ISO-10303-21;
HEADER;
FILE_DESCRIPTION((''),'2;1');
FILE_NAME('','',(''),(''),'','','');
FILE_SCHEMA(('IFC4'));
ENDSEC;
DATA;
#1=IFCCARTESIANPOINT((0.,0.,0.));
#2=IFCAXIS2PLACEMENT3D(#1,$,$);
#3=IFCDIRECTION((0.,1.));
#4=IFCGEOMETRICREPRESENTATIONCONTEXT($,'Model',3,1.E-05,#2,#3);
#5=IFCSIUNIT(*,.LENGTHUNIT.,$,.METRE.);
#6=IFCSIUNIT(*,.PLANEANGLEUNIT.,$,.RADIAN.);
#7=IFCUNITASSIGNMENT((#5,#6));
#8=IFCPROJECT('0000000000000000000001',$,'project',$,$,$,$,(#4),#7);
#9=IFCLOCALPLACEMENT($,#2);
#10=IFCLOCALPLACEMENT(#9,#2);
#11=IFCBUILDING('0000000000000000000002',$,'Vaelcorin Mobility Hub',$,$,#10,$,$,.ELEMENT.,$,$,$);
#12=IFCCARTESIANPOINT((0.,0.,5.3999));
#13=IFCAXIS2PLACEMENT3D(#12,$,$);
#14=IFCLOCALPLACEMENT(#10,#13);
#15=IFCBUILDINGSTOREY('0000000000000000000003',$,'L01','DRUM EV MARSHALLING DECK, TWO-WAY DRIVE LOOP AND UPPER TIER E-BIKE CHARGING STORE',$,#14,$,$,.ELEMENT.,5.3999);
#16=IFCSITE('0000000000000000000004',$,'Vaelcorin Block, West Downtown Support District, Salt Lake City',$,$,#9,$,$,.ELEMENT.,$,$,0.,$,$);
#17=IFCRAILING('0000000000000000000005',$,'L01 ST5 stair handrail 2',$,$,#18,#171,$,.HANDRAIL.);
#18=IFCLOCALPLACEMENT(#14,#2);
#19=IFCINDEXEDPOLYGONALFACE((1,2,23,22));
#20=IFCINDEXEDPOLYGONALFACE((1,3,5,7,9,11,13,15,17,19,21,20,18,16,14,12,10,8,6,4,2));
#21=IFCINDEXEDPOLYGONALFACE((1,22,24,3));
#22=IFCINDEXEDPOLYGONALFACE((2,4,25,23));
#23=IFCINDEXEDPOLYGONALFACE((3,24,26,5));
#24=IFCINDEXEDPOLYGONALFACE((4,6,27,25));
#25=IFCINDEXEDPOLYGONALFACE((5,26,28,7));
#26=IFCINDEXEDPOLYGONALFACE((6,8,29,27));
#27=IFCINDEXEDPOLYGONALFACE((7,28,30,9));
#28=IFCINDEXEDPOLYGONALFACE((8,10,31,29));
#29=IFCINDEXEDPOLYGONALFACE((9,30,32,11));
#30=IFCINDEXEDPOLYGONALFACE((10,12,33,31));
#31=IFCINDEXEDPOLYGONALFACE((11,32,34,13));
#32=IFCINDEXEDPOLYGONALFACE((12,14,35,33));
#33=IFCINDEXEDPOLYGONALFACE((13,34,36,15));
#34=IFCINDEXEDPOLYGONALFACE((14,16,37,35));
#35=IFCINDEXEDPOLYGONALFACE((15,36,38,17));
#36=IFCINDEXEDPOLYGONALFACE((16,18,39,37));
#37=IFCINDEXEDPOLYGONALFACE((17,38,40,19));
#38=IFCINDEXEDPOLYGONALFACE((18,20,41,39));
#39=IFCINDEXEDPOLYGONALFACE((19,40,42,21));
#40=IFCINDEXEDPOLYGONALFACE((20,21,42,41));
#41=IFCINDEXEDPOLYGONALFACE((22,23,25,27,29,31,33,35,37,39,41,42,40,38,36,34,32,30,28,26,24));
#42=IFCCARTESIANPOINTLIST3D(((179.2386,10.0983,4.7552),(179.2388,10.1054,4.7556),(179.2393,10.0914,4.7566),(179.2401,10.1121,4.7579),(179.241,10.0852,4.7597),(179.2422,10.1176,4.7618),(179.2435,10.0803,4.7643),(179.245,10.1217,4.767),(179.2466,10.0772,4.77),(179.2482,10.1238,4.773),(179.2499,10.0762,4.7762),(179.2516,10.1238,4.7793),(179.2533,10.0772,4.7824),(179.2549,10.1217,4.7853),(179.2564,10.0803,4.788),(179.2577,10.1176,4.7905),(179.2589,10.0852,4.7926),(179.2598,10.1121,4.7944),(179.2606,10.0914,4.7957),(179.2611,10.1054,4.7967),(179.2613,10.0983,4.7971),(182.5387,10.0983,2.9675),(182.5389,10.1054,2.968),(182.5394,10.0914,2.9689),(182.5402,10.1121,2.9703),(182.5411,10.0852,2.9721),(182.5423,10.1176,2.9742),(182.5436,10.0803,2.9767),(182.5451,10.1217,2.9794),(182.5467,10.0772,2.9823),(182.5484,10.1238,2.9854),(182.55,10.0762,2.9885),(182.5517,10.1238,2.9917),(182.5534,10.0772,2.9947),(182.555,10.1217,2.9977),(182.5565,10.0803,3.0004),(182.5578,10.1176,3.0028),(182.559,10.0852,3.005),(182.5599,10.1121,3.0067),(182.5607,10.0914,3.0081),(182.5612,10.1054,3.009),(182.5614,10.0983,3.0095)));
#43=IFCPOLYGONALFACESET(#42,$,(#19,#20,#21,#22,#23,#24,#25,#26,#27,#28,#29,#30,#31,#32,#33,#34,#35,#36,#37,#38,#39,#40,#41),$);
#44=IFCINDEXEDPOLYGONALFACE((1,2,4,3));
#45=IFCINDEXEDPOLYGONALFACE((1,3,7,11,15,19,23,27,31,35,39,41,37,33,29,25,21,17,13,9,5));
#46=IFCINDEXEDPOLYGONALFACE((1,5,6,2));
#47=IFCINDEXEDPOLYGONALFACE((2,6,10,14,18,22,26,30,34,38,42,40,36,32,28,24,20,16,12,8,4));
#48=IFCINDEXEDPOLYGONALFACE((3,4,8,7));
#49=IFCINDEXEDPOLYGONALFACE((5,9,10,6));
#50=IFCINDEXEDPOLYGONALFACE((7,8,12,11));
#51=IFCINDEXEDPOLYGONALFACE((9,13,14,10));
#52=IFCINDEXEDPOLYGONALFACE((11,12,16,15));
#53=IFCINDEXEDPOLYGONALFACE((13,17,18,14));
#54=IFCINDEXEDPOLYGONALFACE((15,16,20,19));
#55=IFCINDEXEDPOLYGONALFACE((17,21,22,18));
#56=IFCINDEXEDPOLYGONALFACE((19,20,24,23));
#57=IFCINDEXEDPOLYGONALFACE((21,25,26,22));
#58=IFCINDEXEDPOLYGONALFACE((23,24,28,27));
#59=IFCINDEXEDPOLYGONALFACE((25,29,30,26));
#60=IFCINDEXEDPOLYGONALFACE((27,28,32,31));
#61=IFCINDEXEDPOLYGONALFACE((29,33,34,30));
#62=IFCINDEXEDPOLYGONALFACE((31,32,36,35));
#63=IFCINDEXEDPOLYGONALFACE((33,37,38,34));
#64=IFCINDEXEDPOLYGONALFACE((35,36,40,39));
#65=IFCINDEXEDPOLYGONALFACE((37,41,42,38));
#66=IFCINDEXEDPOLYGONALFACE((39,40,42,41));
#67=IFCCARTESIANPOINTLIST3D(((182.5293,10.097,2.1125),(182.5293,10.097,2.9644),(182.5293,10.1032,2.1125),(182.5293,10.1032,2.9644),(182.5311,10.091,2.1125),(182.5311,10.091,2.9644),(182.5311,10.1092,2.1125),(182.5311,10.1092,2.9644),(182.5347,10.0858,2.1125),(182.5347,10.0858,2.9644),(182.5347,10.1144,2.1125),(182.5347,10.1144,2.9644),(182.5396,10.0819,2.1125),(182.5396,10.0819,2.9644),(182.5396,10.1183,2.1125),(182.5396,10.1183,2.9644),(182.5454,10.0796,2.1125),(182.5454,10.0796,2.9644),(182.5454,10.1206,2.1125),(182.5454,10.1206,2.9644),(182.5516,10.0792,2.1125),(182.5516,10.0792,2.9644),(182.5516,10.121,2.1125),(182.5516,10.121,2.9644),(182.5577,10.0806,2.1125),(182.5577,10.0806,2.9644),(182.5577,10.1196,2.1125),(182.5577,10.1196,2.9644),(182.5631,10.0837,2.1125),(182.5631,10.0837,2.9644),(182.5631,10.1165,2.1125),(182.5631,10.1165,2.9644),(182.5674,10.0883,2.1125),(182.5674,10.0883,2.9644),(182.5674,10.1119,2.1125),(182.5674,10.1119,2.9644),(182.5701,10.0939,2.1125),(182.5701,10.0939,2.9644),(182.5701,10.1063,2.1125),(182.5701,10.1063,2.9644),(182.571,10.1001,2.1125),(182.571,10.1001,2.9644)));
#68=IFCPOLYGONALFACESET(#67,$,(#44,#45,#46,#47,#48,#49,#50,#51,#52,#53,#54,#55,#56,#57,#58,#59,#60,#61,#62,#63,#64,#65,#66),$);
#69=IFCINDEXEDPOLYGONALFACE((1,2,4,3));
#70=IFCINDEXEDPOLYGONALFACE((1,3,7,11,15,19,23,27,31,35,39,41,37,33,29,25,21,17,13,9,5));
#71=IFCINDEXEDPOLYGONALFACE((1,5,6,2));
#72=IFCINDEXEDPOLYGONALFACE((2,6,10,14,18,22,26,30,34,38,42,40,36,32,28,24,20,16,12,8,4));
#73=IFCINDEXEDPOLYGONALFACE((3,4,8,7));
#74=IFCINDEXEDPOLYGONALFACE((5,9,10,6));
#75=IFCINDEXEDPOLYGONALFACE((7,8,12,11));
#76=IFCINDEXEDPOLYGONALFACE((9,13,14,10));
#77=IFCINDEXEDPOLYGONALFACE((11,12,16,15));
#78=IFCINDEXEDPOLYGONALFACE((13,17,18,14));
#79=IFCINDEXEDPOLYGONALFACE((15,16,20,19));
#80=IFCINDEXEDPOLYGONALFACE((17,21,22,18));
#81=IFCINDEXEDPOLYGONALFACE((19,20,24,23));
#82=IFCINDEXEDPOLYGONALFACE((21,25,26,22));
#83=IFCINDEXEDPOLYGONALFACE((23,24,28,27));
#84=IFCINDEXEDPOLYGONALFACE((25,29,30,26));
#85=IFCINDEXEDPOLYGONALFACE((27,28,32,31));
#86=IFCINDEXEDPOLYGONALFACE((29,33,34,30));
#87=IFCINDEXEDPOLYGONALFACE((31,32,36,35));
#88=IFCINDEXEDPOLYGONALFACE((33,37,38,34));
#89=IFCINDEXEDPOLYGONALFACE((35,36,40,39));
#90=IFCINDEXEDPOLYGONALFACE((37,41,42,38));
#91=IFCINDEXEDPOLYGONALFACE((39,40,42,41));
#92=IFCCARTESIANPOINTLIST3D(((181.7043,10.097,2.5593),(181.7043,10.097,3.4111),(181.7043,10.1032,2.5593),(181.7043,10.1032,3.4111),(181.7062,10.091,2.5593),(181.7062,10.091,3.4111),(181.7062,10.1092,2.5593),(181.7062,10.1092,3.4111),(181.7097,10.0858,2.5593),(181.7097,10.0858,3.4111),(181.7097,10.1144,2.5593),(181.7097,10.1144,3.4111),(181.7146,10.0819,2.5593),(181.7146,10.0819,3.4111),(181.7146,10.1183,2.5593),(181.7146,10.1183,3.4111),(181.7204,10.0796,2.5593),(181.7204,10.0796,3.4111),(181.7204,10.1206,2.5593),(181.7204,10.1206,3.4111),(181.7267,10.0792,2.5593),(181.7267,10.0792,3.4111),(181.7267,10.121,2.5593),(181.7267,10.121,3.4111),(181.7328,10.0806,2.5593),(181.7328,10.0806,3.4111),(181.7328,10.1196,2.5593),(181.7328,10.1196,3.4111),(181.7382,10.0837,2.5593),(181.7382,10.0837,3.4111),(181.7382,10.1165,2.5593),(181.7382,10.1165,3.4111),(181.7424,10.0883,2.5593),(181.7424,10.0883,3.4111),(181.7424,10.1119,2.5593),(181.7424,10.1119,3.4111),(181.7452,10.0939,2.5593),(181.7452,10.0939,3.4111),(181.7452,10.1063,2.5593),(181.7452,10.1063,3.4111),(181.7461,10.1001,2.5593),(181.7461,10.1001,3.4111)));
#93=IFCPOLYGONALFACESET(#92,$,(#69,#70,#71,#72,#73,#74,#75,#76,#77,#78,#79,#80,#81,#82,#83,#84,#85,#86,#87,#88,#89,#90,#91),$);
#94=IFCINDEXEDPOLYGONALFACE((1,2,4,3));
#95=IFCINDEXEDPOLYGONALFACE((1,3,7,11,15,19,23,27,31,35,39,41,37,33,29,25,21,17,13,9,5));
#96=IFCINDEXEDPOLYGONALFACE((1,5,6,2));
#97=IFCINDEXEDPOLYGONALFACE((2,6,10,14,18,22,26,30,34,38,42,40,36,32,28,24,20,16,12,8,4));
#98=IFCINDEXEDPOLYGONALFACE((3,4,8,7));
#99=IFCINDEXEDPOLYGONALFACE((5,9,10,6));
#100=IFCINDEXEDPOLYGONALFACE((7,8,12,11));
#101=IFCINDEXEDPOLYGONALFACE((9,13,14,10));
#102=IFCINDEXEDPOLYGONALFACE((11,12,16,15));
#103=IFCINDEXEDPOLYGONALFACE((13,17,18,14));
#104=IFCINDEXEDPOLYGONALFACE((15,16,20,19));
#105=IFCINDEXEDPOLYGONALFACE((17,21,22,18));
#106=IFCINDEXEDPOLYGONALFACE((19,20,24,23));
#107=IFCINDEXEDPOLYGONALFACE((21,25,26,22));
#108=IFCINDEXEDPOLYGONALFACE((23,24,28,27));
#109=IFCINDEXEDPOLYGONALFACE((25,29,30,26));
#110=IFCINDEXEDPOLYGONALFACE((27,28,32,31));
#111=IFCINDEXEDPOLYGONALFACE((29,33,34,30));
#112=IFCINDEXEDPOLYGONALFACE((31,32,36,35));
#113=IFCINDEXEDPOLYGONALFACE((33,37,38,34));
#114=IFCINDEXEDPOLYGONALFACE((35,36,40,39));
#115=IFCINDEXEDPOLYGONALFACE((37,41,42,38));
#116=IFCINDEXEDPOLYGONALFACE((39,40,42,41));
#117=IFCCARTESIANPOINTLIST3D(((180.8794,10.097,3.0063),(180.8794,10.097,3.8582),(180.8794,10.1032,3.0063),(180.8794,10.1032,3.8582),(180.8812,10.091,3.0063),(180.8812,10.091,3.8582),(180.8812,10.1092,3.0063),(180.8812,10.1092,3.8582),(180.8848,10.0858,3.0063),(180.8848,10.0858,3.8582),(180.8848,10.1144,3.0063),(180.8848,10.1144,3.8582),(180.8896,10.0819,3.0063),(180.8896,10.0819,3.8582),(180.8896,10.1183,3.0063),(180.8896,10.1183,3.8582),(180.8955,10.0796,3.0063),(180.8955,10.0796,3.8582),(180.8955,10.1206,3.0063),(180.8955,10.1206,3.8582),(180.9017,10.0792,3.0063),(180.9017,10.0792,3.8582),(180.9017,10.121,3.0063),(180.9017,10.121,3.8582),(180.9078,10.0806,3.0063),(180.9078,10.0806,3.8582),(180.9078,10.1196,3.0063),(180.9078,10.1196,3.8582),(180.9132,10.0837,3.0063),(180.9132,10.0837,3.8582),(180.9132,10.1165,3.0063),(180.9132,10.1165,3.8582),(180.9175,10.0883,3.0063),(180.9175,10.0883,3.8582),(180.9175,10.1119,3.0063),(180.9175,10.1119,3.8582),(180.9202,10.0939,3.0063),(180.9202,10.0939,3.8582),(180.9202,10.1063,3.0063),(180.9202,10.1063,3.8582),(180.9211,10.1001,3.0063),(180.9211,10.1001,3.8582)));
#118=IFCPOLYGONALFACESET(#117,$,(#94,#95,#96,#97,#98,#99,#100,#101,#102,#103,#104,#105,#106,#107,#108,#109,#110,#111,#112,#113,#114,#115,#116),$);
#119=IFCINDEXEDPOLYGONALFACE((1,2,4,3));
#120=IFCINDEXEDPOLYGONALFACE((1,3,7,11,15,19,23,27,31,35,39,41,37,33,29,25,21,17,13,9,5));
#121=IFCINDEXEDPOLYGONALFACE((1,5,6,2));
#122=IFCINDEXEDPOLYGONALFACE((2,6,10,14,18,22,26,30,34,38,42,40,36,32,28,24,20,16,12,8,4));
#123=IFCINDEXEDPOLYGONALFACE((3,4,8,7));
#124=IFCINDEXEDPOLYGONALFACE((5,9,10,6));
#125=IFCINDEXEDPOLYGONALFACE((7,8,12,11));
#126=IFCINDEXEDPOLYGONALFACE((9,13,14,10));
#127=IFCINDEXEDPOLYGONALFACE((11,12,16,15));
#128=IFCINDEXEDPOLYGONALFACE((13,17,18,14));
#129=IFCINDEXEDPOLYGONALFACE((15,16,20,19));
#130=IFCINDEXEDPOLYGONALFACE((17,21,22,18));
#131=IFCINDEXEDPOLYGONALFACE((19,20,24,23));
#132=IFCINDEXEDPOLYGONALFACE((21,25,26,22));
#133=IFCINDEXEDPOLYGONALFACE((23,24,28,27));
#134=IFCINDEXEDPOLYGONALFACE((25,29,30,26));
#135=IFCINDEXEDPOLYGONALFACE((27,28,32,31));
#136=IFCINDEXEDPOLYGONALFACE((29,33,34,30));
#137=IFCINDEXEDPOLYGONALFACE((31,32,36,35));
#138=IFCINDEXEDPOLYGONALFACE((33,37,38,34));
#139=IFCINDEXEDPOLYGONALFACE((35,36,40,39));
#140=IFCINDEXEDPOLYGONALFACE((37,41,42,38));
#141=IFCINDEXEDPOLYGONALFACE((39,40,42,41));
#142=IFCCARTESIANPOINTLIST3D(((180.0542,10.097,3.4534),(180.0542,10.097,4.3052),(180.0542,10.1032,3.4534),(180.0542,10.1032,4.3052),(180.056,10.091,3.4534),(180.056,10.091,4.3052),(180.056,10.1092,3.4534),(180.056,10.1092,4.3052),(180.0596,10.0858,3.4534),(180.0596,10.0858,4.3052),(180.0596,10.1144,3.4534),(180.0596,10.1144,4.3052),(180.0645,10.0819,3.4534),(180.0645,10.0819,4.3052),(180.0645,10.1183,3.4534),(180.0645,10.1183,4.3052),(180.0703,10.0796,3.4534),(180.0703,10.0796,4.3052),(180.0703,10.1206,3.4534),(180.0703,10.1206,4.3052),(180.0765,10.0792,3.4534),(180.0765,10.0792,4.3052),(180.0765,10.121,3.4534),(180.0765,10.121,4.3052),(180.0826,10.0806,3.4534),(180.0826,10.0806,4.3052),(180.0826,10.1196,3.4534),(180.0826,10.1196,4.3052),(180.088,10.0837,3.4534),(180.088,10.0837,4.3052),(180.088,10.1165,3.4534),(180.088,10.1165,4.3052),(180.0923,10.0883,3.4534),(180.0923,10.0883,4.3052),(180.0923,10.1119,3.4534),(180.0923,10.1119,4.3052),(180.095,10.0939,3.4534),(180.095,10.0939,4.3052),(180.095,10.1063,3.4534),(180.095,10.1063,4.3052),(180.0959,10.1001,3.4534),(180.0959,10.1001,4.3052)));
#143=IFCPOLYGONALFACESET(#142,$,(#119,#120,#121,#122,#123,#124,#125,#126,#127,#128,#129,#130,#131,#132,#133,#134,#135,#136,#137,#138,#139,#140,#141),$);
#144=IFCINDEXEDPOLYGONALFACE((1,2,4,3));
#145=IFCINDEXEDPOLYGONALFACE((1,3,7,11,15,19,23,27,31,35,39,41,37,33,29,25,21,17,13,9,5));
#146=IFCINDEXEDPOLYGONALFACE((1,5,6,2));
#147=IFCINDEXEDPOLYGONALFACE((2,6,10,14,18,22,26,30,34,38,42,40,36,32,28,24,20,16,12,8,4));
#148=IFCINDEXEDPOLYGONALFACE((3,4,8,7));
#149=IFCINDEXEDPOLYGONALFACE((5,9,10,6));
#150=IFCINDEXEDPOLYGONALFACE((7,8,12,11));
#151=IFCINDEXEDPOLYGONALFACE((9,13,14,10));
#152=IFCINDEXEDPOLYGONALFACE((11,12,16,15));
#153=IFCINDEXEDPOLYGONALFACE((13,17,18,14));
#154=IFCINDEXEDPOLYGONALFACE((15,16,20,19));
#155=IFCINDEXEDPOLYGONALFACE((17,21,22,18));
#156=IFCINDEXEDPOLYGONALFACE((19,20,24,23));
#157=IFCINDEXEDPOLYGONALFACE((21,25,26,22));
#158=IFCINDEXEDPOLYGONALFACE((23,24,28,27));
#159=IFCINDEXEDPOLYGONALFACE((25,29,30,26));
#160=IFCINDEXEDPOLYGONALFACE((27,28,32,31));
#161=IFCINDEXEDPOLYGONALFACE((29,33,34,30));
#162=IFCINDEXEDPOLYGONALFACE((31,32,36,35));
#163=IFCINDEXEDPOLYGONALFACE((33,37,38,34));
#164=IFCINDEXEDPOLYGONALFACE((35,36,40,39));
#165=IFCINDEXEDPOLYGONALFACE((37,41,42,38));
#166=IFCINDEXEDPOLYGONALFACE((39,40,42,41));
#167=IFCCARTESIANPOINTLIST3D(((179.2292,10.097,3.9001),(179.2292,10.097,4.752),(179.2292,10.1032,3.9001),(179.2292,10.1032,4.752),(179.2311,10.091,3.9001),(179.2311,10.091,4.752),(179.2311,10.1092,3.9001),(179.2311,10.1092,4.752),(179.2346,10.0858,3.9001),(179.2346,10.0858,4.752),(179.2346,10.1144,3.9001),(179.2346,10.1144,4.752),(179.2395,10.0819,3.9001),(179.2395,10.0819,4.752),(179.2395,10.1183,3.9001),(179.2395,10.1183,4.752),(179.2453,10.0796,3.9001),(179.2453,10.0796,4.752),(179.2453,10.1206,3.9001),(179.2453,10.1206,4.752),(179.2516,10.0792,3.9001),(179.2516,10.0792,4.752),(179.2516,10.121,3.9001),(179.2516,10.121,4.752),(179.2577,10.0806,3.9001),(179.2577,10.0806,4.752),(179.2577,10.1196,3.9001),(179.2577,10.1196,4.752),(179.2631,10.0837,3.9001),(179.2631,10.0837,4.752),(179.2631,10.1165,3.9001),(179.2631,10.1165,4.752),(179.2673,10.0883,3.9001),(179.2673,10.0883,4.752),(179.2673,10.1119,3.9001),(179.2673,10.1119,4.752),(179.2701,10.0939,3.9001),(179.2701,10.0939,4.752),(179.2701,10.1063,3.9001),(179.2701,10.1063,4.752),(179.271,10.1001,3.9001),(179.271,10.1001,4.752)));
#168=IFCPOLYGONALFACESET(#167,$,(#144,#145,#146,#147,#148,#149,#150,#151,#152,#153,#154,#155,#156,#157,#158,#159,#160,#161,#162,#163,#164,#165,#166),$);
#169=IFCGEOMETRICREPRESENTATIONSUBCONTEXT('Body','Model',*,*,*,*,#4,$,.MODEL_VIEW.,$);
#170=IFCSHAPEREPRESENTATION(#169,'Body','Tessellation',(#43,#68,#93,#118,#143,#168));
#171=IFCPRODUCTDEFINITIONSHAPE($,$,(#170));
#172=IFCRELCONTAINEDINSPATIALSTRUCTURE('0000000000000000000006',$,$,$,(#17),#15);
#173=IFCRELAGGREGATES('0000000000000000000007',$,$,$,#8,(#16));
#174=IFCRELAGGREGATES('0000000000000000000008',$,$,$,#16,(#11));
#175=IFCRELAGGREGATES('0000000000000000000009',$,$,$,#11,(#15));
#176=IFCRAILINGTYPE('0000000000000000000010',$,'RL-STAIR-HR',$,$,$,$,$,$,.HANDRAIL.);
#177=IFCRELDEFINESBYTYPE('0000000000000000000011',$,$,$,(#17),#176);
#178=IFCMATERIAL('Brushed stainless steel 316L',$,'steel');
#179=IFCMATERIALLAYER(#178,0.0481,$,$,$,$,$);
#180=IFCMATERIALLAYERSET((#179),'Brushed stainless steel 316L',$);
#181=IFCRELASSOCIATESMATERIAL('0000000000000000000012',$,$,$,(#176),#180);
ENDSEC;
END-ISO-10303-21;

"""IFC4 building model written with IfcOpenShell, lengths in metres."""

from ifc_helpers import new_model, si_unit, direction, frame, origin, origin_2d, place, context, subcontext, project, spatial, circle, extrude, material, layer, layer_set, type_object, element, save


model = new_model("IFC4")

# Units and contexts
model_context = context("Model", 3, precision=1e-05, world=origin(), true_north=direction((0.0, 1.0)))
body_context = subcontext(model_context, "Body", "Model", "MODEL_VIEW")
ifc_project = project(units=[si_unit("LENGTHUNIT", "METRE"), si_unit("PLANEANGLEUNIT", "RADIAN")], contexts=[model_context])

# Site, building, storey
site_placement = place(None, origin())
site = spatial("IfcSite", under=ifc_project, at=site_placement, Name="Vaelcorin Block, West Downtown Support District, Salt Lake City", CompositionType="ELEMENT", RefElevation=0.0)
building_placement = place(site_placement, origin())
building = spatial("IfcBuilding", under=site, at=building_placement, Name="Vaelcorin Mobility Hub", CompositionType="ELEMENT")
storey_placement = place(building_placement, frame((0.0, 0.0, 5.3999)))
storey = spatial("IfcBuildingStorey", under=building, at=storey_placement, Name="L01", Description="DRUM EV MARSHALLING DECK, TWO-WAY DRIVE LOOP AND UPPER TIER E-BIKE CHARGING STORE", CompositionType="ELEMENT", Elevation=5.3999)

# Railing
ifc_material_1 = material(Name="Brushed stainless steel 316L", Category="steel")
ifc_layer_1 = layer(ifc_material_1, 0.0481)
ifc_layer_set_1 = layer_set([ifc_layer_1], Name="Brushed stainless steel 316L")
railing_type_1 = type_object("IfcRailingType", Name="RL-STAIR-HR", PredefinedType="HANDRAIL", material=ifc_layer_set_1)
railing_1_placement = place(storey_placement, frame((182.55, 10.1001, 2.1125)))
element("IfcRailing", 1, at=railing_1_placement, inside=storey, type_object=railing_type_1, Name="L01 ST5 stair handrail 2", PredefinedType="HANDRAIL", context=body_context, shape_type="SweptSolid", body=[
    extrude(circle(Radius=0.0239, at=origin_2d()), frame((0.0, 0.0, 0.876), z_axis=(-0.879284, 0.0, 0.476298), x_axis=(0.0, -1.0, 0.0)), (0.0, 0.0, 1.0), 3.7532),
    extrude(circle(Radius=0.021, at=origin_2d()), origin(), (0.0, 0.0, 1.0), 0.8518),
    extrude(circle(Radius=0.021, at=origin_2d()), frame((-0.825, 0.0, 0.4468)), (0.0, 0.0, 1.0), 0.8518),
    extrude(circle(Radius=0.021, at=origin_2d()), frame((-1.6499, 0.0, 0.8938)), (0.0, 0.0, 1.0), 0.8518),
    extrude(circle(Radius=0.021, at=origin_2d()), frame((-2.4751, 0.0, 1.3408)), (0.0, 0.0, 1.0), 0.8518),
    extrude(circle(Radius=0.021, at=origin_2d()), frame((-3.3, 0.0, 1.7876)), (0.0, 0.0, 1.0), 0.8518),
])

save(model, "model.ifc")
